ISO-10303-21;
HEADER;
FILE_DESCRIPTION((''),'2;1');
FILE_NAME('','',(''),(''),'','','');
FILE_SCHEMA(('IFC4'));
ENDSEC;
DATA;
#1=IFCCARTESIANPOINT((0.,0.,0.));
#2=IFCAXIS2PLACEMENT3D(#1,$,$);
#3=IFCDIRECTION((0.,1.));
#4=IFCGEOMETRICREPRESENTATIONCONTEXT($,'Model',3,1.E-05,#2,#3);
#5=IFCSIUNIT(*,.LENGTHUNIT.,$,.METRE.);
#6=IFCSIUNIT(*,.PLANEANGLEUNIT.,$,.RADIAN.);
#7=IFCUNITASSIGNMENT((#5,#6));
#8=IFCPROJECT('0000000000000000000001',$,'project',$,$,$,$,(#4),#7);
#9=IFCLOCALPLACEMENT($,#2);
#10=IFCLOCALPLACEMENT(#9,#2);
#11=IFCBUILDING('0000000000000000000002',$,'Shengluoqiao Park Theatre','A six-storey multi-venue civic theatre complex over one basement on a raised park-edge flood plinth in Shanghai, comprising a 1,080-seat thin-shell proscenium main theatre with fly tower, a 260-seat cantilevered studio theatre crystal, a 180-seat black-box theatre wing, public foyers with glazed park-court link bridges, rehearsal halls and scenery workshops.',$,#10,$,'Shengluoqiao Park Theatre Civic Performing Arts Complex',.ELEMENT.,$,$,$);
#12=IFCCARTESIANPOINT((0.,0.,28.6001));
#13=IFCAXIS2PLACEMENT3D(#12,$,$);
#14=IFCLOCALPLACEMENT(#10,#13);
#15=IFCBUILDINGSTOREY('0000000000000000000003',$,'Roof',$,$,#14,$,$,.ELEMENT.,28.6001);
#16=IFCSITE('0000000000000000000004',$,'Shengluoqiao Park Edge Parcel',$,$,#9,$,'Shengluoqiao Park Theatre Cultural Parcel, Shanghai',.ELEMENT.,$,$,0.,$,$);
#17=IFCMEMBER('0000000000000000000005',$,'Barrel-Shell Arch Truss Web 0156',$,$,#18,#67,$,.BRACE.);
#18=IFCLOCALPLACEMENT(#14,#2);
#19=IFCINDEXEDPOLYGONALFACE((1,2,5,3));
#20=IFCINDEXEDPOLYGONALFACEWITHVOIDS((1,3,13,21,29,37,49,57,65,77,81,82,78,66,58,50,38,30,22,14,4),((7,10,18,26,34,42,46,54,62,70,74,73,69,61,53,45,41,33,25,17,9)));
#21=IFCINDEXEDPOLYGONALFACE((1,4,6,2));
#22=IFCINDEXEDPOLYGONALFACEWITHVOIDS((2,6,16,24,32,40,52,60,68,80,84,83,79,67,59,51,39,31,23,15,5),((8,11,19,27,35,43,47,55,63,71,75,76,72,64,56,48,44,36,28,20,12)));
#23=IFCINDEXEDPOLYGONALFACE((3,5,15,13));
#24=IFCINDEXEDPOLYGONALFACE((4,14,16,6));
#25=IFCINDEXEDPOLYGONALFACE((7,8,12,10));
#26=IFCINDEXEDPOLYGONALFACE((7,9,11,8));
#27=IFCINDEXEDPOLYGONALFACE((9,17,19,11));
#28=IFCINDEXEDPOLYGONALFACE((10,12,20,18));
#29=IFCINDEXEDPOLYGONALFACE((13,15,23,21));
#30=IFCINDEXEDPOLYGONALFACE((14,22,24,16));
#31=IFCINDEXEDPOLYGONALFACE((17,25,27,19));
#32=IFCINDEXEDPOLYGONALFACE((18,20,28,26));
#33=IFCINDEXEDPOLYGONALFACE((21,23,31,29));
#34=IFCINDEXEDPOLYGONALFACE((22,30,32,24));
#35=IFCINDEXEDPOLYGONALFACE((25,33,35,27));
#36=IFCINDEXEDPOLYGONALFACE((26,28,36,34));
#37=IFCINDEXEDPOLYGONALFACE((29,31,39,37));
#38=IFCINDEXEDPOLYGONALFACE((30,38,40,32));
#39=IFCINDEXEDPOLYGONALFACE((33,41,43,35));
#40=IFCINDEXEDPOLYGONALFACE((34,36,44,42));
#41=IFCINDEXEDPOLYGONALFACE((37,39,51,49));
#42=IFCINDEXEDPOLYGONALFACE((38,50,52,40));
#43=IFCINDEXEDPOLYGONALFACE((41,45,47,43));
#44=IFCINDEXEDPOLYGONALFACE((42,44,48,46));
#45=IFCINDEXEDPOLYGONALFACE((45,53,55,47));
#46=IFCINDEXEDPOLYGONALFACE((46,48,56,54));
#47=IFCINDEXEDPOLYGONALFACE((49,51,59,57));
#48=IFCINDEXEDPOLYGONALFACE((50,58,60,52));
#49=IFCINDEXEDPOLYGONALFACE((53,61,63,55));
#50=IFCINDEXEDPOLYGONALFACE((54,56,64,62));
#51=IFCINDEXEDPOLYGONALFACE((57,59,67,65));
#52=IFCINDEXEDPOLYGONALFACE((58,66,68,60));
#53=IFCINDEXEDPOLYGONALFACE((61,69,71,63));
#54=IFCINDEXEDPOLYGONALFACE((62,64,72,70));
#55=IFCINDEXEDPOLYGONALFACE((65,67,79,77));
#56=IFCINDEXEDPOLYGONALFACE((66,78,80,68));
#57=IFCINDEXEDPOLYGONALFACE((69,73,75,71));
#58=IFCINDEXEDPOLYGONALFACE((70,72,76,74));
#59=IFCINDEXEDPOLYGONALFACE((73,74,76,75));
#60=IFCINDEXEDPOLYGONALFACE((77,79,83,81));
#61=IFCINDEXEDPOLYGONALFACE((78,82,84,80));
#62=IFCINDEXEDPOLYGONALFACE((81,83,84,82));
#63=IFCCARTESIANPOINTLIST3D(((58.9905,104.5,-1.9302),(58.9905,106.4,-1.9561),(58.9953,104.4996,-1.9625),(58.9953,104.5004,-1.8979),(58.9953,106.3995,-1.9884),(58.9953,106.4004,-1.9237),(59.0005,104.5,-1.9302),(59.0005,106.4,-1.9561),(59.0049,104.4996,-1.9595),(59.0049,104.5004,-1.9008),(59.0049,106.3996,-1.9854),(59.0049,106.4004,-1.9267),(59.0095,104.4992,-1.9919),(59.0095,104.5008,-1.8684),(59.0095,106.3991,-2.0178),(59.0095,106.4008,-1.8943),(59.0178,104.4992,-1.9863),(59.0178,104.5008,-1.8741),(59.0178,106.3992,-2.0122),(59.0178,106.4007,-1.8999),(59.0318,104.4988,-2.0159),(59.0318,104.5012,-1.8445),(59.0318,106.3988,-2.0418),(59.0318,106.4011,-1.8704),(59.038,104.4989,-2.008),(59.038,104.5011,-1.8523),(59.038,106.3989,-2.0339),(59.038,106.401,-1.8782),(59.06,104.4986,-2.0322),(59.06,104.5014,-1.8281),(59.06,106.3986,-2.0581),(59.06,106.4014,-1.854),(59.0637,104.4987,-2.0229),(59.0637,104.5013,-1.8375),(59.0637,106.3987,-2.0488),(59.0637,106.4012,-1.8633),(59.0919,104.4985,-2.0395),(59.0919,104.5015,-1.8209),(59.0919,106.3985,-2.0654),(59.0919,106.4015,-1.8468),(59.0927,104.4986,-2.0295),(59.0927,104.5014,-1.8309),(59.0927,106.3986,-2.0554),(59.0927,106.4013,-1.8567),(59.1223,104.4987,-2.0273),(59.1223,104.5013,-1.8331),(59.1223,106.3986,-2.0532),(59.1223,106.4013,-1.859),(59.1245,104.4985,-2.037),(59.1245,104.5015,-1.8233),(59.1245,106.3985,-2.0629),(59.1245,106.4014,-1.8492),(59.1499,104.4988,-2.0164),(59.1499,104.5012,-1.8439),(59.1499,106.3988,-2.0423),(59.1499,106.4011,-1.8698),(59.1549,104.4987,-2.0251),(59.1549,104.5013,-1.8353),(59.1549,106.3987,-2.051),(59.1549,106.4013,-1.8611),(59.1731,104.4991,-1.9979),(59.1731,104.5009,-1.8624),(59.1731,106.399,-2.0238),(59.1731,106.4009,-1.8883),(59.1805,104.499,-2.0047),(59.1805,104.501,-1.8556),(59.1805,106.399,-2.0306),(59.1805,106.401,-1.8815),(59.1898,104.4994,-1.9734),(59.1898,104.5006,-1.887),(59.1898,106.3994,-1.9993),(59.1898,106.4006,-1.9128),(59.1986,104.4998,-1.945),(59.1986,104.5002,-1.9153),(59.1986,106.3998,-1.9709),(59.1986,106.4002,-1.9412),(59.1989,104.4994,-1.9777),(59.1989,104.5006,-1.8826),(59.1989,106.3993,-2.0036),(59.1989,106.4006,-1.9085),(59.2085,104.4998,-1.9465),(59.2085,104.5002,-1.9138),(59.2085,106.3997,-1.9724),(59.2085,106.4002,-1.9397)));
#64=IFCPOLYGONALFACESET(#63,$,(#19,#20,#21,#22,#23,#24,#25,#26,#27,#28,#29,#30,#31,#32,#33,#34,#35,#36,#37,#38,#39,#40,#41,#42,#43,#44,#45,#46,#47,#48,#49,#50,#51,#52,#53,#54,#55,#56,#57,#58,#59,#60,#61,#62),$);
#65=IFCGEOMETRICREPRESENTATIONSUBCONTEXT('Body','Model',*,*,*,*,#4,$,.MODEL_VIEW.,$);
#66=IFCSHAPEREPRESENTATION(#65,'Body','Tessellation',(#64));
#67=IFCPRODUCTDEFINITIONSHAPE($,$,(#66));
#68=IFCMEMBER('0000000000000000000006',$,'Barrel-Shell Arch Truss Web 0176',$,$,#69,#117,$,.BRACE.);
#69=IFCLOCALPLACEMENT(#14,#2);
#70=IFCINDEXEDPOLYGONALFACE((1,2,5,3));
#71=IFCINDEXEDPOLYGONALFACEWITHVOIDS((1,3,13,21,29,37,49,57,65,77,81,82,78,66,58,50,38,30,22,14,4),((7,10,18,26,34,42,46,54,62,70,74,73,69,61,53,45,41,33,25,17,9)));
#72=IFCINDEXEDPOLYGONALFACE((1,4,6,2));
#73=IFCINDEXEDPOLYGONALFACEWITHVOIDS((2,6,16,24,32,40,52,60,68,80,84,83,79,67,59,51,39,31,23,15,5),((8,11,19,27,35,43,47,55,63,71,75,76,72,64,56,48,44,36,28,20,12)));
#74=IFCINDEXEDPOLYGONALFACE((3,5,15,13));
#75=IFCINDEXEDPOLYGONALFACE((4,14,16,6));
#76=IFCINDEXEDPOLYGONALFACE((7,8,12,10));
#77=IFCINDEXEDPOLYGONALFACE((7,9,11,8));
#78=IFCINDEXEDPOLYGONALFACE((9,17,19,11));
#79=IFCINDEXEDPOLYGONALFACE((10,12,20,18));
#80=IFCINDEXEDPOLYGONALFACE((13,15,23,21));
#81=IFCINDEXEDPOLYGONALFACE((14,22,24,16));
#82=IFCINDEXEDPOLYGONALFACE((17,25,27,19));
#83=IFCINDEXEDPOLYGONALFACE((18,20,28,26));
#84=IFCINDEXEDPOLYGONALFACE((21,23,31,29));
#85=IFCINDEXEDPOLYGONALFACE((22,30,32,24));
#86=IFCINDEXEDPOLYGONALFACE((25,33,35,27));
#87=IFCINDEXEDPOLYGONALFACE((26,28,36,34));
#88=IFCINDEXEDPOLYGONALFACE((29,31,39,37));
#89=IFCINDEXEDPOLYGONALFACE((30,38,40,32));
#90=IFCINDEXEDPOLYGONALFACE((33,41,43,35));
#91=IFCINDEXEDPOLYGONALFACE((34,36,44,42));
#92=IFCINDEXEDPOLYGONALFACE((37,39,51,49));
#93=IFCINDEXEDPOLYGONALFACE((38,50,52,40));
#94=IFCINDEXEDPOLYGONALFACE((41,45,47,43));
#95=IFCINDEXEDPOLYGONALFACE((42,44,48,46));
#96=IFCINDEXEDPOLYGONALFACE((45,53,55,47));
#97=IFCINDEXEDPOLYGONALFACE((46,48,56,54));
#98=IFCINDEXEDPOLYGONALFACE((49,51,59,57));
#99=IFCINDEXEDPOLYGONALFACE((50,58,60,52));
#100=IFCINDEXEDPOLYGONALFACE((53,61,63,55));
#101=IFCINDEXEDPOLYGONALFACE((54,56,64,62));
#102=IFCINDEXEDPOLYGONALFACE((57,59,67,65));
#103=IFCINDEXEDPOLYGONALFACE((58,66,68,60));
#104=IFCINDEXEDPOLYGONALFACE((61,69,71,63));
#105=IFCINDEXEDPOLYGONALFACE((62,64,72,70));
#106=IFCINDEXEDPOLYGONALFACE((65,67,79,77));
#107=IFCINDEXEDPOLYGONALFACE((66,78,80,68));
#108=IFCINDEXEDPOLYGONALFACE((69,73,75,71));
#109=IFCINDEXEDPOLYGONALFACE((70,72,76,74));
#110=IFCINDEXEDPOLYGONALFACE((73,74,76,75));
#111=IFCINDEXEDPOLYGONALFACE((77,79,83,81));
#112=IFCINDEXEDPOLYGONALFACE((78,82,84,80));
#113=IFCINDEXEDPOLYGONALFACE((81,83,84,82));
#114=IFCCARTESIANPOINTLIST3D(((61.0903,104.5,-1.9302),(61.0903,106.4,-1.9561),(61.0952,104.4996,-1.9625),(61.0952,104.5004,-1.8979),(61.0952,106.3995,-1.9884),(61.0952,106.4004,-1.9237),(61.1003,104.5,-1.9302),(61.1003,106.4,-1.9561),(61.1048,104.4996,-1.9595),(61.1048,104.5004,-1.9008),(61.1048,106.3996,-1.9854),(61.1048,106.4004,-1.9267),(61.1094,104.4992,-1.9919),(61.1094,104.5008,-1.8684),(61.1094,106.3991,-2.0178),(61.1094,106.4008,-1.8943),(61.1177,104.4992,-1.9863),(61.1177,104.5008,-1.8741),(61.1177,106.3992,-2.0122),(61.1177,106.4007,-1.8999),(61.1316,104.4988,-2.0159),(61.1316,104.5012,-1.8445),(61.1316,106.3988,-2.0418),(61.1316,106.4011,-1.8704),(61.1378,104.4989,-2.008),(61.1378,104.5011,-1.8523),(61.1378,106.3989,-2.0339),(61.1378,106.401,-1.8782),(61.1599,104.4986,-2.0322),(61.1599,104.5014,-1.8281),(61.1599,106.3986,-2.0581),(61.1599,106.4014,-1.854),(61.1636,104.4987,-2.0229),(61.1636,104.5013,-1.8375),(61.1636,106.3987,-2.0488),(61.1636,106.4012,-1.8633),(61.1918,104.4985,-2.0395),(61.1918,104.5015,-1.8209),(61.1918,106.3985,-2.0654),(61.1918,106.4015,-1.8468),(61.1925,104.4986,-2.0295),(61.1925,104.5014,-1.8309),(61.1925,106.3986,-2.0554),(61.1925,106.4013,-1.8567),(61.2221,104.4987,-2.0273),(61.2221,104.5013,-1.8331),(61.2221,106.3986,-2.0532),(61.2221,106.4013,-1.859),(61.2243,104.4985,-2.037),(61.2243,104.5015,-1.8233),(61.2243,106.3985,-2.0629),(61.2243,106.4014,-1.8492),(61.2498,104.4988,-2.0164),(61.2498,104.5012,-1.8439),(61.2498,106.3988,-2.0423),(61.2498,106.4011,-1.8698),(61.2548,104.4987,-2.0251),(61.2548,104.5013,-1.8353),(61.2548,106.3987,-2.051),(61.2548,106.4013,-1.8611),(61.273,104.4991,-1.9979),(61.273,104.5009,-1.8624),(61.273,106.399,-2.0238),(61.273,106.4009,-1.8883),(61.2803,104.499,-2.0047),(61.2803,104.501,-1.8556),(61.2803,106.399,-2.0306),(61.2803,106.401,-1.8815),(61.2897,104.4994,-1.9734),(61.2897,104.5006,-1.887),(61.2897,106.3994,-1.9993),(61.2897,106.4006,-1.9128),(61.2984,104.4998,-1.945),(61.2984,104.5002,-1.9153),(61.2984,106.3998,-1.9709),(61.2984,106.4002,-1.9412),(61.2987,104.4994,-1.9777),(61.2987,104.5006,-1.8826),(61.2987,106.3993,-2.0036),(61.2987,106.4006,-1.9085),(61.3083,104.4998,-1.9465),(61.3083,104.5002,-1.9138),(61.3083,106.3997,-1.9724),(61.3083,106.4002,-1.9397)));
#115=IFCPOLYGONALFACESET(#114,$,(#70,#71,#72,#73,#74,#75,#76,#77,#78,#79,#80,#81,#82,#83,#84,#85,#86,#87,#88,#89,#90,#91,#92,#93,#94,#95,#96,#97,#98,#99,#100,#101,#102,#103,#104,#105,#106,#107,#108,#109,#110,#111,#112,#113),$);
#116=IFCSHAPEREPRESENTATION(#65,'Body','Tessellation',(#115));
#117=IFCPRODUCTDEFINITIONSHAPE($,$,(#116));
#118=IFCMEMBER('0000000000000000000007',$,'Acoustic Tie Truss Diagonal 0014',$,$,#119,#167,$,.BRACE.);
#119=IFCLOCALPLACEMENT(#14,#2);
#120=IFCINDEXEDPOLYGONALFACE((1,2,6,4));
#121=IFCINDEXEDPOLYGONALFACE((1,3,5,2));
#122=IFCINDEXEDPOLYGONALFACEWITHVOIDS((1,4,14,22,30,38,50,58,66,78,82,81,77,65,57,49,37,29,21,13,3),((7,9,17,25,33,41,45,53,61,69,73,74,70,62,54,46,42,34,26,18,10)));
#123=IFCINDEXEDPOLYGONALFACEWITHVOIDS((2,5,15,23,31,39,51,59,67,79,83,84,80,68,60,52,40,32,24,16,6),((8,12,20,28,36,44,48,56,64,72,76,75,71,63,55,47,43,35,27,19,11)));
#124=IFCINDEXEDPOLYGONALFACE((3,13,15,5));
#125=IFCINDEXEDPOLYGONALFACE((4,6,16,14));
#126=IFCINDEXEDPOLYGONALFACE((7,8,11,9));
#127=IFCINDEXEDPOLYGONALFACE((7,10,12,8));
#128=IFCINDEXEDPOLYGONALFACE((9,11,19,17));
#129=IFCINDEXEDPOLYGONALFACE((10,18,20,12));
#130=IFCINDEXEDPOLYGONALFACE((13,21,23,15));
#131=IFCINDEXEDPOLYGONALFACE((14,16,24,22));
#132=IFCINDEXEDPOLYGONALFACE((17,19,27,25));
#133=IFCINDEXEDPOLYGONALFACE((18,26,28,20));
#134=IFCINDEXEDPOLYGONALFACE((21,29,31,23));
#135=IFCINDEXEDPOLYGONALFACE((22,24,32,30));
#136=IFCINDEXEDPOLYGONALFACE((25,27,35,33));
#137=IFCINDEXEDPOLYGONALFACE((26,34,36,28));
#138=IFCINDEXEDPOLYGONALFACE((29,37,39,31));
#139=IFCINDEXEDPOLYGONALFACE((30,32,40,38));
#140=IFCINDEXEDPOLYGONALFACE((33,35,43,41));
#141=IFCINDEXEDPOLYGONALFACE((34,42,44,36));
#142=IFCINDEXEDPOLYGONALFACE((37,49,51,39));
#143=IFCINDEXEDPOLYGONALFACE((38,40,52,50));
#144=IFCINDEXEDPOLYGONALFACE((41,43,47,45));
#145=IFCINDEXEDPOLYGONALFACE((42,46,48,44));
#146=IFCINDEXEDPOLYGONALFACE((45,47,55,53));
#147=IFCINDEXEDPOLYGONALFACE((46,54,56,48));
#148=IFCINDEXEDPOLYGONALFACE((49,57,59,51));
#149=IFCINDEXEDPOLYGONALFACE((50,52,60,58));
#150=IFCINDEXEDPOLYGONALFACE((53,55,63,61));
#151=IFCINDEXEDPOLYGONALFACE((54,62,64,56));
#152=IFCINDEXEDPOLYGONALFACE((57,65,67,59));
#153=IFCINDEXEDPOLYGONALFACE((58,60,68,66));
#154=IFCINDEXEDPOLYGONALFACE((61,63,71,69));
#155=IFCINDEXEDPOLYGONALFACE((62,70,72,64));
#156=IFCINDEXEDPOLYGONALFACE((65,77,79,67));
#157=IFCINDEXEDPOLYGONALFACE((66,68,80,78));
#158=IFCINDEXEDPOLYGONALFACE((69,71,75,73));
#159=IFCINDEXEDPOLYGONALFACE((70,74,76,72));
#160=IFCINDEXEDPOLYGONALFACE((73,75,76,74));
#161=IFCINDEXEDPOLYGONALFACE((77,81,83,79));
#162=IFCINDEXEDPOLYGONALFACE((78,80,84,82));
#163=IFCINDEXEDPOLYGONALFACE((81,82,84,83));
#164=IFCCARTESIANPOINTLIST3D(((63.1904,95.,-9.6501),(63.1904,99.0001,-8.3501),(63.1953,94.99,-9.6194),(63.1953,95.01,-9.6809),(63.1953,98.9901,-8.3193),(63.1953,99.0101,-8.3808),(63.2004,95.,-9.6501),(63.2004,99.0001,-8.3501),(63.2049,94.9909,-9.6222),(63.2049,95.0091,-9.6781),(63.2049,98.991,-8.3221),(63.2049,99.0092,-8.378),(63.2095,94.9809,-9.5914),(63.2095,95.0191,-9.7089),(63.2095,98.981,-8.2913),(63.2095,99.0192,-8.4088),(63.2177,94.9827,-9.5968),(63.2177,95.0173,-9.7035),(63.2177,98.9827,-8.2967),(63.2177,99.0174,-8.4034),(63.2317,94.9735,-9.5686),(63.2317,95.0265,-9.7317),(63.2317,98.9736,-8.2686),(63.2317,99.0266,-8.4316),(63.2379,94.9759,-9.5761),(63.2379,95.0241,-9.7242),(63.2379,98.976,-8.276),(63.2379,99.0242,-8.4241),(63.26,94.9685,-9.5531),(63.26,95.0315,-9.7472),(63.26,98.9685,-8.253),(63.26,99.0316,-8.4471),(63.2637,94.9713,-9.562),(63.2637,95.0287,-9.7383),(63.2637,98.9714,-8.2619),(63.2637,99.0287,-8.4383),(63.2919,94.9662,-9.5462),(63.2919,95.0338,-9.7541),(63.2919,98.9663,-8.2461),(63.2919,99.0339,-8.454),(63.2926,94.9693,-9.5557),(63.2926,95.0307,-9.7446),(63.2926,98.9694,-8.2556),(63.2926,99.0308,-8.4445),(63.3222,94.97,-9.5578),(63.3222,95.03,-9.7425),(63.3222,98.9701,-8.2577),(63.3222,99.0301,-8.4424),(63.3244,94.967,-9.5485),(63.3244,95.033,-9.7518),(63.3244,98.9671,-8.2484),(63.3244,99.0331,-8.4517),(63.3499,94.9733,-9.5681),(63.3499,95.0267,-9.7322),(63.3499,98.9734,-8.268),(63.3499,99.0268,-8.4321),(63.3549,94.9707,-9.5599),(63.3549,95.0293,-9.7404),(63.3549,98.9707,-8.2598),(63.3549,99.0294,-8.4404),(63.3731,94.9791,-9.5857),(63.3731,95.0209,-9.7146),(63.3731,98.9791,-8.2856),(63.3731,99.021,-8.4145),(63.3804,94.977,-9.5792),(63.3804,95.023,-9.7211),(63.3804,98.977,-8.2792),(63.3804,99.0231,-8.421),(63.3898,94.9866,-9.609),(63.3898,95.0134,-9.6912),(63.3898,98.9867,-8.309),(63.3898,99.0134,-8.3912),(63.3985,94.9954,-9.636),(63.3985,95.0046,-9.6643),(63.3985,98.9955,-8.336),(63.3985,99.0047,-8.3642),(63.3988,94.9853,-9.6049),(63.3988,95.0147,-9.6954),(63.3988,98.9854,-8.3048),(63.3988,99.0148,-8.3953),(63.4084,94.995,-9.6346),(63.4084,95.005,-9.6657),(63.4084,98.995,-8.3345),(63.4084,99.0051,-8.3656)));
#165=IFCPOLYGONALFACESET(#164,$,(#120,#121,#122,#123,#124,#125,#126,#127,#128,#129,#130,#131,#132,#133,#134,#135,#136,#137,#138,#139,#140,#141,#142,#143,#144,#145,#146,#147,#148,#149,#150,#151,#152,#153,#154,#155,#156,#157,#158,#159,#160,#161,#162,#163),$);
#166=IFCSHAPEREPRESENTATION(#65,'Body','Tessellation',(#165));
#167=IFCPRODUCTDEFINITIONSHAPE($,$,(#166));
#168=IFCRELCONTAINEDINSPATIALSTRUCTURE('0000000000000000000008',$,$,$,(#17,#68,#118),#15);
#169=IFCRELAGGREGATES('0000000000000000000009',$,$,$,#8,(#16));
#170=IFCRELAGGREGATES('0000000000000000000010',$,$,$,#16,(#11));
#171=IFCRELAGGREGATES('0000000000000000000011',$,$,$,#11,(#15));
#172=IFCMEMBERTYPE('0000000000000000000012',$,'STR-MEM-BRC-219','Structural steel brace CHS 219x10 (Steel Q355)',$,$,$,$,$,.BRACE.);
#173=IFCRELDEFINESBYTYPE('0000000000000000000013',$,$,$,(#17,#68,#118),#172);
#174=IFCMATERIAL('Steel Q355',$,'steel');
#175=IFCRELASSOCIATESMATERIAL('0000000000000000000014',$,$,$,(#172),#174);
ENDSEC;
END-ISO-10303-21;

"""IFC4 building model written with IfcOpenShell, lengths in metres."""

from ifc_helpers import new_model, si_unit, direction, frame, origin, origin_2d, place, context, subcontext, project, spatial, hollow_circle, extrude, material, material_profile, profile_set, type_object, element, save


model = new_model("IFC4")

# Units and contexts
model_context = context("Model", 3, precision=1e-05, world=origin(), true_north=direction((0.0, 1.0)))
body_context = subcontext(model_context, "Body", "Model", "MODEL_VIEW")
ifc_project = project(units=[si_unit("LENGTHUNIT", "METRE"), si_unit("PLANEANGLEUNIT", "RADIAN")], contexts=[model_context])

# Site, building, storey
site_placement = place(None, origin())
site = spatial("IfcSite", under=ifc_project, at=site_placement, Name="Shengluoqiao Park Edge Parcel", LongName="Shengluoqiao Park Theatre Cultural Parcel, Shanghai", CompositionType="ELEMENT", RefElevation=0.0)
building_placement = place(site_placement, origin())
building = spatial("IfcBuilding", under=site, at=building_placement, Name="Shengluoqiao Park Theatre", Description="A six-storey multi-venue civic theatre complex over one basement on a raised park-edge flood plinth in Shanghai, comprising a 1,080-seat thin-shell proscenium main theatre with fly tower, a 260-seat cantilevered studio theatre crystal, a 180-seat black-box theatre wing, public foyers with glazed park-court link bridges, rehearsal halls and scenery workshops.", LongName="Shengluoqiao Park Theatre Civic Performing Arts Complex", CompositionType="ELEMENT")
storey_placement = place(building_placement, frame((0.0, 0.0, 28.6001)))
storey = spatial("IfcBuildingStorey", under=building, at=storey_placement, Name="Roof", CompositionType="ELEMENT", Elevation=28.6001)

# Shared definitions
ifc_material_1 = material(Name="Steel Q355", Category="steel")

# Members
ifc_material_profile_1 = material_profile(ifc_material_1, hollow_circle(Radius=0.1096, WallThickness=0.01, at=origin_2d()), Name="CHS 219x10")
ifc_profile_set_1 = profile_set([ifc_material_profile_1], Name="Steel Q355")
member_type_1 = type_object("IfcMemberType", Name="STR-MEM-BRC-219", Description="Structural steel brace CHS 219x10 (Steel Q355)", PredefinedType="BRACE", material=ifc_profile_set_1)
for number, where, z_axis, x_axis, name in (
    (1, (59.1001, 104.5, -1.9302), (0.0, 0.999907, -0.01362), (-1.0, 0.0, 0.0), "Barrel-Shell Arch Truss Web 0156"),
    (2, (61.2, 104.5, -1.9302), (0.0, 0.999907, -0.01362), (-1.0, 0.0, 0.0), "Barrel-Shell Arch Truss Web 0176"),
):
    element("IfcMember", number, at=place(storey_placement, frame(where, z_axis=z_axis, x_axis=x_axis)), inside=storey, type_object=member_type_1, Name=name, PredefinedType="BRACE", context=body_context, shape_type="SweptSolid", body=[
        extrude(hollow_circle(Radius=0.1096, WallThickness=0.01, at=origin_2d()), origin(), (0.0, 0.0, 1.0), 1.9001),
    ])
for number, where, z_axis, x_axis, name in (
    (3, (63.3, 95.0, -9.6501), (0.0, 0.951031, 0.309097), (-1.0, 0.0, 0.0), "Acoustic Tie Truss Diagonal 0014"),
):
    element("IfcMember", number, at=place(storey_placement, frame(where, z_axis=z_axis, x_axis=x_axis)), inside=storey, type_object=member_type_1, Name=name, PredefinedType="BRACE", context=body_context, shape_type="SweptSolid", body=[
        extrude(hollow_circle(Radius=0.1096, WallThickness=0.01, at=origin_2d()), origin(), (0.0, 0.0, 1.0), 4.2061),
    ])

save(model, "model.ifc")
